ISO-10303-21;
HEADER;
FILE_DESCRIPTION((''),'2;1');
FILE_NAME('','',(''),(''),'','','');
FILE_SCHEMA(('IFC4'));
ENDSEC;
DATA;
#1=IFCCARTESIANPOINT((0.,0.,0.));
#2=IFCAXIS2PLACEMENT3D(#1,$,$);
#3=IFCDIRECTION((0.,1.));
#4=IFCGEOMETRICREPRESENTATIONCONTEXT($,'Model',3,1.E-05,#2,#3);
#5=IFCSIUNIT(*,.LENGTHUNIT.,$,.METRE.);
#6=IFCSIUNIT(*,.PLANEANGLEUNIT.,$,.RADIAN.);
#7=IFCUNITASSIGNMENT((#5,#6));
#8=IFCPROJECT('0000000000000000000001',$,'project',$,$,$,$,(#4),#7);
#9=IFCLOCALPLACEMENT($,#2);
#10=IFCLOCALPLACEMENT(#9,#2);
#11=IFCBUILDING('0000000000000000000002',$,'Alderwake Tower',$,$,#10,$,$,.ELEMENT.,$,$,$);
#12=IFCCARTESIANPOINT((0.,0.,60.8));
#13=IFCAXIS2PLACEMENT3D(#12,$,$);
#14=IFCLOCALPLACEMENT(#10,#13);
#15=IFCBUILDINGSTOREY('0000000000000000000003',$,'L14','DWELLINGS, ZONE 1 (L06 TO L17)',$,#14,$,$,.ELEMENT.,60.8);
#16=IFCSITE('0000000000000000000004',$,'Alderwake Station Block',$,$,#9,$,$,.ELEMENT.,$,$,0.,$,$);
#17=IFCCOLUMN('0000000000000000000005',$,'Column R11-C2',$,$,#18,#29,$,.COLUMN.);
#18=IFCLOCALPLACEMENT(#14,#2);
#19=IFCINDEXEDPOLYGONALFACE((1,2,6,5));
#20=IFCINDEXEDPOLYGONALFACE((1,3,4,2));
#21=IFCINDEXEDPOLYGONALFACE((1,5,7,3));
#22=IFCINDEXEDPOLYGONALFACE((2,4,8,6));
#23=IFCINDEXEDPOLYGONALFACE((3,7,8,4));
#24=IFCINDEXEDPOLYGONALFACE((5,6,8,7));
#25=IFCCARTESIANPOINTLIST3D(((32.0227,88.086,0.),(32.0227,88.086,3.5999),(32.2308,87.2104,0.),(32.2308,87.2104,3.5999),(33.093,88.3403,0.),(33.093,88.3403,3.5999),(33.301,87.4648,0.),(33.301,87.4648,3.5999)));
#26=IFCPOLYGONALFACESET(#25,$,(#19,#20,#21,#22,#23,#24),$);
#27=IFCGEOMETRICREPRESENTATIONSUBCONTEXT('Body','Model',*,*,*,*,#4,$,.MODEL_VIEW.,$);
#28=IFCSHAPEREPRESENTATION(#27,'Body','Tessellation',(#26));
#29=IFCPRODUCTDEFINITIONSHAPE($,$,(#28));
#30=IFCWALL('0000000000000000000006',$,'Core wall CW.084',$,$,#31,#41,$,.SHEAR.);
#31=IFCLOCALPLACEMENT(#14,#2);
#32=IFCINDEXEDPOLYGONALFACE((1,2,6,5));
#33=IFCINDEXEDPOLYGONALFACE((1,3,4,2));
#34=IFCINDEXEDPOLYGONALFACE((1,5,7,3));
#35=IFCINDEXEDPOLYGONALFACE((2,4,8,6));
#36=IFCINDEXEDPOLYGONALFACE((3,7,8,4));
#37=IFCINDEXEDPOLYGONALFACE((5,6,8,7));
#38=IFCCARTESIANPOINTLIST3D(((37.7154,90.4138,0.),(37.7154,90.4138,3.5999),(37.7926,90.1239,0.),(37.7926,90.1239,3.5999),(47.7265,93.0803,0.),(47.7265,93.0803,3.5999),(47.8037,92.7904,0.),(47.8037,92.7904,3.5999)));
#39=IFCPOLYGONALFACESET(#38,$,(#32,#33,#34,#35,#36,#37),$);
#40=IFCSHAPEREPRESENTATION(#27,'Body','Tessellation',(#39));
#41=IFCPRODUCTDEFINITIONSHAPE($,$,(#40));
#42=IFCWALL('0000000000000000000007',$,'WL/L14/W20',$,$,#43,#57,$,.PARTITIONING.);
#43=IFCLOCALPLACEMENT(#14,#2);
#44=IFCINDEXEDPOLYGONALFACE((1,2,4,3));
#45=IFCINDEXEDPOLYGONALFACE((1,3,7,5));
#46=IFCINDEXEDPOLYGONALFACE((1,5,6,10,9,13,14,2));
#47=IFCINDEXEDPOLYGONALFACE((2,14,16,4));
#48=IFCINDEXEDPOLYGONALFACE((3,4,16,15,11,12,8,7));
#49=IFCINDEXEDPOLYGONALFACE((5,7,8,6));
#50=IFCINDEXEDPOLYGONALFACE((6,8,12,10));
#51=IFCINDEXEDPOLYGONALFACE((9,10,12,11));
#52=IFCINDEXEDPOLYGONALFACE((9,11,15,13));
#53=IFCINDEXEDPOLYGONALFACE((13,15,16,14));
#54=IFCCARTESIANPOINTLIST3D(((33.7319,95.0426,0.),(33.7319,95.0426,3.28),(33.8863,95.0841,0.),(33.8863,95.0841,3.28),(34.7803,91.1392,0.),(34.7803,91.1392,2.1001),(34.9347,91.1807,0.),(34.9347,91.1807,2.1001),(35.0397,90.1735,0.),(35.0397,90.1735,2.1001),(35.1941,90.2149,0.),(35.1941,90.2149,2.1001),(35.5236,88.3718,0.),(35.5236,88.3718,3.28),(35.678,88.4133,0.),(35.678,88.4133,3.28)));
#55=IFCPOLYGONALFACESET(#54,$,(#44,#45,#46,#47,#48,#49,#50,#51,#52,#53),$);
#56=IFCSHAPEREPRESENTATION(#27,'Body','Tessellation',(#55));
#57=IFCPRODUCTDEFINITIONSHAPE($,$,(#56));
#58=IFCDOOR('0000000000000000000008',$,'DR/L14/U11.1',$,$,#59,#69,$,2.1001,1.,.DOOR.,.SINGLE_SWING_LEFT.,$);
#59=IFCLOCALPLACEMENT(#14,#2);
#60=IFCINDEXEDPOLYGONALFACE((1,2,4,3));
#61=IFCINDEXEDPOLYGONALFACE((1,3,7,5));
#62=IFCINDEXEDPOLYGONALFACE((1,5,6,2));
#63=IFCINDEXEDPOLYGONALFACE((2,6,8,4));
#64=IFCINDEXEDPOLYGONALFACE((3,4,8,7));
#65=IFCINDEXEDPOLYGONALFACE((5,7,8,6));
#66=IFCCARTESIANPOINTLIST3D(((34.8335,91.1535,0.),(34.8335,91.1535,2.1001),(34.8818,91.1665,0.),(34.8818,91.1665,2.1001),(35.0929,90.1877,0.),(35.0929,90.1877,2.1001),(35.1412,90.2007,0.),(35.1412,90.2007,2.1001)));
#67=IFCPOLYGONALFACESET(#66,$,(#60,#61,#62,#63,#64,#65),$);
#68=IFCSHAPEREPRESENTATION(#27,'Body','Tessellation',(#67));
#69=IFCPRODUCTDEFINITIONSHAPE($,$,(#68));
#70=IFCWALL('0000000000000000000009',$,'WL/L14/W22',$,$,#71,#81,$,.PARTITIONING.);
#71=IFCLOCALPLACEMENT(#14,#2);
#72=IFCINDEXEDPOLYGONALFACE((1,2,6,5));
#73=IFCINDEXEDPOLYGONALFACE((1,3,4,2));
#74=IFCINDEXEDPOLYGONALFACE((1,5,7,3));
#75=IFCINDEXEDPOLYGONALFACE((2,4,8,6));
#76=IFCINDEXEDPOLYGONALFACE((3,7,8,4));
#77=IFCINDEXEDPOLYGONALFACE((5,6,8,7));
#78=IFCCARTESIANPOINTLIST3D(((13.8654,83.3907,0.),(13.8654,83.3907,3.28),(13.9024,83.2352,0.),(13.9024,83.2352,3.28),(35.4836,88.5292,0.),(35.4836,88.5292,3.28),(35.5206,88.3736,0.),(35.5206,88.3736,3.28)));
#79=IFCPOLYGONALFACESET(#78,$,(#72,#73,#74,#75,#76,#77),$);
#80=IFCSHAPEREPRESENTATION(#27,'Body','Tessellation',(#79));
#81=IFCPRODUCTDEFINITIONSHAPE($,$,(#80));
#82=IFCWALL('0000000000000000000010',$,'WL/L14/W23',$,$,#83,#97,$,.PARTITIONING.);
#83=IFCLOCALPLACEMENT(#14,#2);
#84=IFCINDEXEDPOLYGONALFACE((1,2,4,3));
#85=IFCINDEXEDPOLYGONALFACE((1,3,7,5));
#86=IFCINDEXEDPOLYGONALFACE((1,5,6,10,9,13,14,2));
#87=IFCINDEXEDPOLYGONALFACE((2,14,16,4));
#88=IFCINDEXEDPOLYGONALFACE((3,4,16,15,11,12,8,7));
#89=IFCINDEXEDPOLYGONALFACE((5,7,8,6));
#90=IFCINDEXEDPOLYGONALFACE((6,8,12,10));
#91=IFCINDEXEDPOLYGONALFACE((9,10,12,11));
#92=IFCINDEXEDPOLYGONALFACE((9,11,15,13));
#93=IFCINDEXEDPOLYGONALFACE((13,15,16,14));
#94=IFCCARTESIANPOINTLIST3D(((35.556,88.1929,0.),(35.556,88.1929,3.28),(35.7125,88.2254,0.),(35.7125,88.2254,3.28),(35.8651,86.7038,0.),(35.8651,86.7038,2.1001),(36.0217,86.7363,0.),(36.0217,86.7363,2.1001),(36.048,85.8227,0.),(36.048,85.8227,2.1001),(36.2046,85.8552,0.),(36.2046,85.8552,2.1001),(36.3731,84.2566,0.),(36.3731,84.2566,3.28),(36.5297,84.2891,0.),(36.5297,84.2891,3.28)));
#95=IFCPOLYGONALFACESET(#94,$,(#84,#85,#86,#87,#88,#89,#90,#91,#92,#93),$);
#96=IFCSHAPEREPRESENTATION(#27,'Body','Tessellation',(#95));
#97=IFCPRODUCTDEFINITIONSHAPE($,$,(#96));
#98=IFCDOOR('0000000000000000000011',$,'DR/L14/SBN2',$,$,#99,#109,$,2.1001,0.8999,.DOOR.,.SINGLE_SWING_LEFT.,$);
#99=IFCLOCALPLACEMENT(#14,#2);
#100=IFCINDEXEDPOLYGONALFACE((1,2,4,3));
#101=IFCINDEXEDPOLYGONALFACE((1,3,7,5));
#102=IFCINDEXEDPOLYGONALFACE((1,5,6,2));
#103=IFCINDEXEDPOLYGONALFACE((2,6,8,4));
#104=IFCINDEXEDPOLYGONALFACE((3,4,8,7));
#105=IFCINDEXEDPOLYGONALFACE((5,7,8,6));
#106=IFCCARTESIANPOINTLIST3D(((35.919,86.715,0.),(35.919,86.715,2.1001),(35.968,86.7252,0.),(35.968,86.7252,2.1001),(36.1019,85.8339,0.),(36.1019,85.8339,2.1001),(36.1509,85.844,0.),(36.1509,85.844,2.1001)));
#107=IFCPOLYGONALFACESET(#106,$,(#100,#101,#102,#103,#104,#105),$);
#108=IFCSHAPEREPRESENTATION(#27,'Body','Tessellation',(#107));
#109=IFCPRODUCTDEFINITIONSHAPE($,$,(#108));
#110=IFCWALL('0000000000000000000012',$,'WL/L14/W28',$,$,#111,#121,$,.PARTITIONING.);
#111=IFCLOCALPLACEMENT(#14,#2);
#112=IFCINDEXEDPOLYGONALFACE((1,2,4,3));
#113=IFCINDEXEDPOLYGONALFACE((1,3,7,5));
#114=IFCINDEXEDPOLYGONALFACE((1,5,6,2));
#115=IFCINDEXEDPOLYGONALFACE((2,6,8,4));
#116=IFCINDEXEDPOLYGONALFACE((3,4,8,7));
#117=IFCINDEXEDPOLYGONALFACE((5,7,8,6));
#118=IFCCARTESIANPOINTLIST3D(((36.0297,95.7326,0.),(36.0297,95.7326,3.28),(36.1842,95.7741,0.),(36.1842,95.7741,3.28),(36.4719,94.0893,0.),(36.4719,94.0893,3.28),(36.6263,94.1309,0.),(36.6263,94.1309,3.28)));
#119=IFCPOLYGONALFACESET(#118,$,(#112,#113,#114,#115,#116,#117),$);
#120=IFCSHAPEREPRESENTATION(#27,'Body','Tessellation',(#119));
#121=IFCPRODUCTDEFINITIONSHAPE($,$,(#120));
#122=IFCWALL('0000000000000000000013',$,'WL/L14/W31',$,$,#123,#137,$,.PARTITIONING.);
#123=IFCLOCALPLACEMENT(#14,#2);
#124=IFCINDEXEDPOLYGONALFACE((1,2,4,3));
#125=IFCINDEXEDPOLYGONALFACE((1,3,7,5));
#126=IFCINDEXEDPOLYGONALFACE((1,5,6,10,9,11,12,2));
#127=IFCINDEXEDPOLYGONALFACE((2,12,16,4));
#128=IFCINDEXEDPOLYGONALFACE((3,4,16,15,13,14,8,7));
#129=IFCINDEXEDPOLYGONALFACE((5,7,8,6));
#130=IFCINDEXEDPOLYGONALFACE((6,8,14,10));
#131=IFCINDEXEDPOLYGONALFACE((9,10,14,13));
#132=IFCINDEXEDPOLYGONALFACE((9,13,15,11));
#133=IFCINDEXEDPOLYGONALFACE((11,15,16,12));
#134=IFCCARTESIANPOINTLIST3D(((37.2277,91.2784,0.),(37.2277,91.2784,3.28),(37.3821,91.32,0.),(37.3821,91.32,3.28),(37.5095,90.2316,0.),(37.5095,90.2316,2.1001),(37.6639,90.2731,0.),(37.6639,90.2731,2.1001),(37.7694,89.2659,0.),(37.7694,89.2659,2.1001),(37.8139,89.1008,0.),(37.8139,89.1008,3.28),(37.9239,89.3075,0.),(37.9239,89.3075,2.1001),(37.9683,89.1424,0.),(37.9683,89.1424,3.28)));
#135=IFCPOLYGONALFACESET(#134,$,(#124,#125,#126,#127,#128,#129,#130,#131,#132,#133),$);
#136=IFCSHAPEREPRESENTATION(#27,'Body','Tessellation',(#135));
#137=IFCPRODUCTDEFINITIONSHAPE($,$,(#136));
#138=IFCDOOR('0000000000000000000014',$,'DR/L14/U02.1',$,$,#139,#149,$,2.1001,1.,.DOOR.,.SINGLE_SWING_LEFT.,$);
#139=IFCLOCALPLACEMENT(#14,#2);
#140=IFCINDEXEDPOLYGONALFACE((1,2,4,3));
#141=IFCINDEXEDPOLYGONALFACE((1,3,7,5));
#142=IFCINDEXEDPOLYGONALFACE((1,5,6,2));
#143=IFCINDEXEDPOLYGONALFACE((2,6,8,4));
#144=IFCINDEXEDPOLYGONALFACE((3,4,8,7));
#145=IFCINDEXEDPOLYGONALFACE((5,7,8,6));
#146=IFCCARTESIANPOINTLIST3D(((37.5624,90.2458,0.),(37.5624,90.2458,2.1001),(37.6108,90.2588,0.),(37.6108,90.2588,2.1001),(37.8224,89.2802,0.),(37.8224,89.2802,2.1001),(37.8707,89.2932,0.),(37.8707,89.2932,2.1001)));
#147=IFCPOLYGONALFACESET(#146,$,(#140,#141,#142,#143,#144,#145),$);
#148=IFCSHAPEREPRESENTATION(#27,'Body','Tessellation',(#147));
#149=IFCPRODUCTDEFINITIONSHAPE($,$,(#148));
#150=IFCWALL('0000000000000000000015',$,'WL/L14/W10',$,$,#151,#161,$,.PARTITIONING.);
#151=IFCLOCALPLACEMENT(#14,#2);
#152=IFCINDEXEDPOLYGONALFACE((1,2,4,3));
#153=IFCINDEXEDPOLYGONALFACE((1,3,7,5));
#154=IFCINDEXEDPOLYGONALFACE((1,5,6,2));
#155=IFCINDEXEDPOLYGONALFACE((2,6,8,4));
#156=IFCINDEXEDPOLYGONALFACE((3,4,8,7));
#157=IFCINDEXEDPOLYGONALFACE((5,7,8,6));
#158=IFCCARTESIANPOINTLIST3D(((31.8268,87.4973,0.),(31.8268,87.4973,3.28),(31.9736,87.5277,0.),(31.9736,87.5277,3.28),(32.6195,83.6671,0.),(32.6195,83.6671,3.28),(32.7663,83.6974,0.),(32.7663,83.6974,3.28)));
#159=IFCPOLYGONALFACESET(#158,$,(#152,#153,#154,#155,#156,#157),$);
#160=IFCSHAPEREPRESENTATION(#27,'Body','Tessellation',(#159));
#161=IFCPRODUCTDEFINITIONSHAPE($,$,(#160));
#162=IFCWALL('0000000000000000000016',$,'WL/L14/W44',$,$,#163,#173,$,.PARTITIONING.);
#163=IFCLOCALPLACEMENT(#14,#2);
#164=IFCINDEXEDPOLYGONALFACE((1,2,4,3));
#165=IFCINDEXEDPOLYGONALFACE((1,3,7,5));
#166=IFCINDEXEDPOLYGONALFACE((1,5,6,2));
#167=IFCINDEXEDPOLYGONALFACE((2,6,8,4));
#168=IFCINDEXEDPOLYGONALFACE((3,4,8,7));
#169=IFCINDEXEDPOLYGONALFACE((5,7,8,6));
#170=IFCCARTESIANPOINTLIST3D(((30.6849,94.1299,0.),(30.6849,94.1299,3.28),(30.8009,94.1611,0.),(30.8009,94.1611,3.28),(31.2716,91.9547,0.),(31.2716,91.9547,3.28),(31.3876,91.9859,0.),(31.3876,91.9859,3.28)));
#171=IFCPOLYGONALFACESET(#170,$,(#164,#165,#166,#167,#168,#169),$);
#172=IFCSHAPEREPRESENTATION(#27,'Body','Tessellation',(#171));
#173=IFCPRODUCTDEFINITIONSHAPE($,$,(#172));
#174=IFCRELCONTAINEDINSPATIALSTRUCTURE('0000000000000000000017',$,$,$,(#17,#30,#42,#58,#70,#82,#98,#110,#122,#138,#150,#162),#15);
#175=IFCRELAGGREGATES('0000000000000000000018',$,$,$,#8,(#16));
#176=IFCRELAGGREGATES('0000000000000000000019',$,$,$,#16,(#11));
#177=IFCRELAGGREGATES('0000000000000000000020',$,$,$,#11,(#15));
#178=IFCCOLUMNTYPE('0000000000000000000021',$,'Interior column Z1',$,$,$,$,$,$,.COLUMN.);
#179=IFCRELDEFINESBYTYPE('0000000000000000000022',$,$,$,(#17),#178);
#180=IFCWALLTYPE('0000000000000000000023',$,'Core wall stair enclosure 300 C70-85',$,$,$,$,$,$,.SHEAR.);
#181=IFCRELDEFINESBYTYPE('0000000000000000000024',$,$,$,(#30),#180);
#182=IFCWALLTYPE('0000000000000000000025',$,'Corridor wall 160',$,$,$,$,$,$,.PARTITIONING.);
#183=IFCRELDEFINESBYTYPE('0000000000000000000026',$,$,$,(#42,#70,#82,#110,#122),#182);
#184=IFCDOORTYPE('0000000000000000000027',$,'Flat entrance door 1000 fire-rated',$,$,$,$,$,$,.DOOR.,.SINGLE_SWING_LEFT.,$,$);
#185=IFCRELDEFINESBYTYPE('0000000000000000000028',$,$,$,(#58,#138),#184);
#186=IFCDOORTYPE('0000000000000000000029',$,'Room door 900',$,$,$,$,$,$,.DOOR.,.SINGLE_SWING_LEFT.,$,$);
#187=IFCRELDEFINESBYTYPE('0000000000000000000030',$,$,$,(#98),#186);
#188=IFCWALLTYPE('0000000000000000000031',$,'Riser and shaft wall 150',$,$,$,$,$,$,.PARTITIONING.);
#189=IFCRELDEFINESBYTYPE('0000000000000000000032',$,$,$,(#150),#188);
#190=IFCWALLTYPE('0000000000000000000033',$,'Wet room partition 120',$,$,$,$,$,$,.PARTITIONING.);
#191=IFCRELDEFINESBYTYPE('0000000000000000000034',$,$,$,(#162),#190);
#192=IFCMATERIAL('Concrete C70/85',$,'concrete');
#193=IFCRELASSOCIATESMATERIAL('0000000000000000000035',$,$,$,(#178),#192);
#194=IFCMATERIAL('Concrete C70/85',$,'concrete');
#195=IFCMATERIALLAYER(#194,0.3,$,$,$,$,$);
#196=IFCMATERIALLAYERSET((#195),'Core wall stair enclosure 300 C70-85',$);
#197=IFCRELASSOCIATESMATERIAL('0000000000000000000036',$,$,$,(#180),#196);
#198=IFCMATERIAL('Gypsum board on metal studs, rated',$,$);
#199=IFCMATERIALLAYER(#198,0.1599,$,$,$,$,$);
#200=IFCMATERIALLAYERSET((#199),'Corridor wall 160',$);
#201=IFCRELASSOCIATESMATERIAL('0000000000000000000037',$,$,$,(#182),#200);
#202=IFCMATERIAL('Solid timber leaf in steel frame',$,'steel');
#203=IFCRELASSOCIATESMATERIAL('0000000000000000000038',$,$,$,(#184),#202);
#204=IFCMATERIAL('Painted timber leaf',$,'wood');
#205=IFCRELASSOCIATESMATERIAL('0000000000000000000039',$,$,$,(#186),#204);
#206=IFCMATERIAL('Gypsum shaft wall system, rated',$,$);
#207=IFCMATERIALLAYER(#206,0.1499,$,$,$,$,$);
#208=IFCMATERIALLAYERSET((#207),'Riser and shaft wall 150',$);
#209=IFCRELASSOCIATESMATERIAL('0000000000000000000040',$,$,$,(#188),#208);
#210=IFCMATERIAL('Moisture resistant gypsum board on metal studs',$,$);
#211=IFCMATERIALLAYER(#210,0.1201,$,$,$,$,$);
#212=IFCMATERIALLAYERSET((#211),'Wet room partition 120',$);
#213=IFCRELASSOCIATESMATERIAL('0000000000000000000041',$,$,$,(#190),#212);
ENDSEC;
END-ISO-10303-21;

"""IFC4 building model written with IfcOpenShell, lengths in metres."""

from ifc_helpers import new_model, si_unit, direction, frame, frame_2d, origin, origin_2d, place, context, subcontext, project, spatial, rectangle, extrude, material, layer, layer_set, material_profile, profile_set, type_object, element, fill, save


model = new_model("IFC4")

# Units and contexts
model_context = context("Model", 3, precision=1e-05, world=origin(), true_north=direction((0.0, 1.0)))
body_context = subcontext(model_context, "Body", "Model", "MODEL_VIEW")
ifc_project = project(units=[si_unit("LENGTHUNIT", "METRE"), si_unit("PLANEANGLEUNIT", "RADIAN")], contexts=[model_context])

# Site, building, storey
site_placement = place(None, origin())
site = spatial("IfcSite", under=ifc_project, at=site_placement, Name="Alderwake Station Block", CompositionType="ELEMENT", RefElevation=0.0)
building_placement = place(site_placement, origin())
building = spatial("IfcBuilding", under=site, at=building_placement, Name="Alderwake Tower", CompositionType="ELEMENT")
storey_placement = place(building_placement, frame((0.0, 0.0, 60.8)))
storey = spatial("IfcBuildingStorey", under=building, at=storey_placement, Name="L14", Description="DWELLINGS, ZONE 1 (L06 TO L17)", CompositionType="ELEMENT", Elevation=60.8)

# Column
ifc_material_1 = material(Name="Concrete C70/85", Category="concrete")
ifc_material_profile = material_profile(ifc_material_1, rectangle(XDim=0.8999, YDim=1.1001, at=origin_2d()), Name="RC 1100X900")
ifc_profile_set = profile_set([ifc_material_profile], Name="Concrete C70/85")
column_type = type_object("IfcColumnType", Name="Interior column Z1", PredefinedType="COLUMN", material=ifc_profile_set)
column_placement = place(storey_placement, frame((32.6619, 87.7754, 0.0), z_axis=(0.0, 0.0, 1.0), x_axis=(-0.231222, 0.972901, 0.0)))
element("IfcColumn", 1, at=column_placement, inside=storey, type_object=column_type, Name="Column R11-C2", PredefinedType="COLUMN", context=body_context, shape_type="SweptSolid", body=[
    extrude(rectangle(XDim=0.8999, YDim=1.1001, at=origin_2d()), origin(), (0.0, 0.0, 1.0), 3.5999),
])

# Wall
ifc_material_2 = material(Name="Concrete C70/85", Category="concrete")
ifc_layer_1 = layer(ifc_material_2, 0.3)
ifc_layer_set_1 = layer_set([ifc_layer_1], Name="Core wall stair enclosure 300 C70-85")
wall_type_1 = type_object("IfcWallType", Name="Core wall stair enclosure 300 C70-85", PredefinedType="SHEAR", material=ifc_layer_set_1)
wall_1_placement = place(storey_placement, frame((37.7539, 90.2688, 0.0), z_axis=(0.0, 0.0, 1.0), x_axis=(0.966309, 0.257384, 0.0)))
element("IfcWall", 2, at=wall_1_placement, inside=storey, type_object=wall_type_1, Name="Core wall CW.084", PredefinedType="SHEAR", context=body_context, shape_type="SweptSolid", body=[
    extrude(rectangle(XDim=10.3601, YDim=0.3, at=frame_2d((5.1802, 0.0))), origin(), (0.0, 0.0, 1.0), 3.5999),
])

# Wall, opening, door
ifc_material_3 = material(Name="Gypsum board on metal studs, rated")
ifc_layer_2 = layer(ifc_material_3, 0.1599)
ifc_layer_set_2 = layer_set([ifc_layer_2], Name="Corridor wall 160")
wall_type_2 = type_object("IfcWallType", Name="Corridor wall 160", PredefinedType="PARTITIONING", material=ifc_layer_set_2)
wall_2_placement = place(storey_placement, frame((35.6008, 88.3926, 0.0), z_axis=(0.0, 0.0, 1.0), x_axis=(-0.259398, 0.965771, 0.0)))
wall_2 = element("IfcWall", 3, at=wall_2_placement, inside=storey, type_object=wall_type_2, Name="WL/L14/W20", PredefinedType="PARTITIONING", context=body_context, shape_type="SweptSolid", body=[
    extrude(rectangle(XDim=6.9072, YDim=0.1599, at=frame_2d((3.4536, 0.0))), origin(), (0.0, 0.0, 1.0), 3.28),
])
opening_1_placement = place(wall_2_placement, frame((1.8655, 0.0, 0.0)))
opening_1 = element("IfcOpeningElement", 4, at=opening_1_placement, cuts=wall_2, PredefinedType="OPENING", context=body_context, shape_type="SweptSolid", body=[
    extrude(rectangle(XDim=1.0, YDim=2.1001, at=frame_2d((0.5, 1.05))), frame((0.0, 0.0898, 0.0), z_axis=(0.0, -1.0, 0.0), x_axis=(1.0, 0.0, 0.0)), (0.0, 0.0, 1.0), 0.1799),
])
ifc_material_4 = material(Name="Solid timber leaf in steel frame", Category="steel")
door_type_1 = type_object("IfcDoorType", Name="Flat entrance door 1000 fire-rated", OperationType="SINGLE_SWING_LEFT", PredefinedType="DOOR", material=ifc_material_4)
door_1_placement = place(opening_1_placement, origin())
door_1 = element("IfcDoor", 5, at=door_1_placement, inside=storey, type_object=door_type_1, Name="DR/L14/U11.1", OperationType="SINGLE_SWING_LEFT", OverallHeight=2.1001, OverallWidth=1.0, PredefinedType="DOOR", context=body_context, shape_type="SweptSolid", body=[
    extrude(rectangle(XDim=1.0, YDim=2.1001, at=frame_2d((0.5, 1.05))), frame((0.0, 0.0249, 0.0), z_axis=(0.0, -1.0, 0.0), x_axis=(1.0, 0.0, 0.0)), (0.0, 0.0, 1.0), 0.05),
])
fill(opening_1, door_1)

# Wall
wall_3_placement = place(storey_placement, frame((35.5022, 88.4514, 0.0), z_axis=(0.0, 0.0, 1.0), x_axis=(-0.972895, -0.231248, 0.0)))
element("IfcWall", 6, at=wall_3_placement, inside=storey, type_object=wall_type_2, Name="WL/L14/W22", PredefinedType="PARTITIONING", context=body_context, shape_type="SweptSolid", body=[
    extrude(rectangle(XDim=22.2205, YDim=0.1599, at=frame_2d((11.1104, 0.0))), origin(), (0.0, 0.0, 1.0), 3.28),
])

# Wall, opening, door
wall_4_placement = place(storey_placement, frame((36.4514, 84.2727, 0.0), z_axis=(0.0, 0.0, 1.0), x_axis=(-0.203258, 0.979125, 0.0)))
wall_4 = element("IfcWall", 7, at=wall_4_placement, inside=storey, type_object=wall_type_2, Name="WL/L14/W23", PredefinedType="PARTITIONING", context=body_context, shape_type="SweptSolid", body=[
    extrude(rectangle(XDim=4.0203, YDim=0.1599, at=frame_2d((2.0103, 0.0))), origin(), (0.0, 0.0, 1.0), 3.28),
])
opening_2_placement = place(wall_4_placement, frame((1.5996, 0.0, 0.0)))
opening_2 = element("IfcOpeningElement", 8, at=opening_2_placement, cuts=wall_4, PredefinedType="OPENING", context=body_context, shape_type="SweptSolid", body=[
    extrude(rectangle(XDim=0.8999, YDim=2.1001, at=frame_2d((0.45, 1.05))), frame((0.0, 0.0898, 0.0), z_axis=(0.0, -1.0, 0.0), x_axis=(1.0, 0.0, 0.0)), (0.0, 0.0, 1.0), 0.1799),
])
ifc_material_5 = material(Name="Painted timber leaf", Category="wood")
door_type_2 = type_object("IfcDoorType", Name="Room door 900", OperationType="SINGLE_SWING_LEFT", PredefinedType="DOOR", material=ifc_material_5)
door_2_placement = place(opening_2_placement, origin())
door_2 = element("IfcDoor", 9, at=door_2_placement, inside=storey, type_object=door_type_2, Name="DR/L14/SBN2", OperationType="SINGLE_SWING_LEFT", OverallHeight=2.1001, OverallWidth=0.8999, PredefinedType="DOOR", context=body_context, shape_type="SweptSolid", body=[
    extrude(rectangle(XDim=0.8999, YDim=2.1001, at=frame_2d((0.45, 1.05))), frame((0.0, 0.0249, 0.0), z_axis=(0.0, -1.0, 0.0), x_axis=(1.0, 0.0, 0.0)), (0.0, 0.0, 1.0), 0.05),
])
fill(opening_2, door_2)

# Wall
wall_5_placement = place(storey_placement, frame((36.5491, 94.1101, 0.0), z_axis=(0.0, 0.0, 1.0), x_axis=(-0.259814, 0.965659, 0.0)))
element("IfcWall", 10, at=wall_5_placement, inside=storey, type_object=wall_type_2, Name="WL/L14/W28", PredefinedType="PARTITIONING", context=body_context, shape_type="SweptSolid", body=[
    extrude(rectangle(XDim=1.7017, YDim=0.1599, at=frame_2d((0.8508, 0.0))), origin(), (0.0, 0.0, 1.0), 3.28),
])

# Wall, opening, door
wall_6_placement = place(storey_placement, frame((37.3049, 91.2991, 0.0), z_axis=(0.0, 0.0, 1.0), x_axis=(0.259946, -0.965623, 0.0)))
wall_6 = element("IfcWall", 11, at=wall_6_placement, inside=storey, type_object=wall_type_2, Name="WL/L14/W31", PredefinedType="PARTITIONING", context=body_context, shape_type="SweptSolid", body=[
    extrude(rectangle(XDim=2.2551, YDim=0.1599, at=frame_2d((1.1274, 0.0))), origin(), (0.0, 0.0, 1.0), 3.28),
])
opening_3_placement = place(wall_6_placement, frame((1.084, 0.0, 0.0)))
opening_3 = element("IfcOpeningElement", 12, at=opening_3_placement, cuts=wall_6, PredefinedType="OPENING", context=body_context, shape_type="SweptSolid", body=[
    extrude(rectangle(XDim=1.0, YDim=2.1001, at=frame_2d((0.5, 1.05))), frame((0.0, 0.0898, 0.0), z_axis=(0.0, -1.0, 0.0), x_axis=(1.0, 0.0, 0.0)), (0.0, 0.0, 1.0), 0.1799),
])
door_3_placement = place(opening_3_placement, origin())
door_3 = element("IfcDoor", 13, at=door_3_placement, inside=storey, type_object=door_type_1, Name="DR/L14/U02.1", OperationType="SINGLE_SWING_LEFT", OverallHeight=2.1001, OverallWidth=1.0, PredefinedType="DOOR", context=body_context, shape_type="SweptSolid", body=[
    extrude(rectangle(XDim=1.0, YDim=2.1001, at=frame_2d((0.5, 1.05))), frame((0.0, 0.0249, 0.0), z_axis=(0.0, -1.0, 0.0), x_axis=(1.0, 0.0, 0.0)), (0.0, 0.0, 1.0), 0.05),
])
fill(opening_3, door_3)

# Walls
ifc_material_6 = material(Name="Gypsum shaft wall system, rated")
ifc_layer_3 = layer(ifc_material_6, 0.1499)
ifc_layer_set_3 = layer_set([ifc_layer_3], Name="Riser and shaft wall 150")
wall_type_3 = type_object("IfcWallType", Name="Riser and shaft wall 150", PredefinedType="PARTITIONING", material=ifc_layer_set_3)
wall_7_placement = place(storey_placement, frame((32.6929, 83.6824, 0.0), z_axis=(0.0, 0.0, 1.0), x_axis=(-0.202665, 0.979248, 0.0)))
element("IfcWall", 14, at=wall_7_placement, inside=storey, type_object=wall_type_3, Name="WL/L14/W10", PredefinedType="PARTITIONING", context=body_context, shape_type="SweptSolid", body=[
    extrude(rectangle(XDim=3.9114, YDim=0.1499, at=frame_2d((1.9556, 0.0))), origin(), (0.0, 0.0, 1.0), 3.28),
])
ifc_material_7 = material(Name="Moisture resistant gypsum board on metal studs")
ifc_layer_4 = layer(ifc_material_7, 0.1201)
ifc_layer_set_4 = layer_set([ifc_layer_4], Name="Wet room partition 120")
wall_type_4 = type_object("IfcWallType", Name="Wet room partition 120", PredefinedType="PARTITIONING", material=ifc_layer_set_4)
wall_8_placement = place(storey_placement, frame((30.7429, 94.1455, 0.0), z_axis=(0.0, 0.0, 1.0), x_axis=(0.260393, -0.965503, 0.0)))
element("IfcWall", 15, at=wall_8_placement, inside=storey, type_object=wall_type_4, Name="WL/L14/W44", PredefinedType="PARTITIONING", context=body_context, shape_type="SweptSolid", body=[
    extrude(rectangle(XDim=2.2529, YDim=0.1201, at=frame_2d((1.1265, 0.0))), origin(), (0.0, 0.0, 1.0), 3.28),
])

save(model, "model.ifc")
